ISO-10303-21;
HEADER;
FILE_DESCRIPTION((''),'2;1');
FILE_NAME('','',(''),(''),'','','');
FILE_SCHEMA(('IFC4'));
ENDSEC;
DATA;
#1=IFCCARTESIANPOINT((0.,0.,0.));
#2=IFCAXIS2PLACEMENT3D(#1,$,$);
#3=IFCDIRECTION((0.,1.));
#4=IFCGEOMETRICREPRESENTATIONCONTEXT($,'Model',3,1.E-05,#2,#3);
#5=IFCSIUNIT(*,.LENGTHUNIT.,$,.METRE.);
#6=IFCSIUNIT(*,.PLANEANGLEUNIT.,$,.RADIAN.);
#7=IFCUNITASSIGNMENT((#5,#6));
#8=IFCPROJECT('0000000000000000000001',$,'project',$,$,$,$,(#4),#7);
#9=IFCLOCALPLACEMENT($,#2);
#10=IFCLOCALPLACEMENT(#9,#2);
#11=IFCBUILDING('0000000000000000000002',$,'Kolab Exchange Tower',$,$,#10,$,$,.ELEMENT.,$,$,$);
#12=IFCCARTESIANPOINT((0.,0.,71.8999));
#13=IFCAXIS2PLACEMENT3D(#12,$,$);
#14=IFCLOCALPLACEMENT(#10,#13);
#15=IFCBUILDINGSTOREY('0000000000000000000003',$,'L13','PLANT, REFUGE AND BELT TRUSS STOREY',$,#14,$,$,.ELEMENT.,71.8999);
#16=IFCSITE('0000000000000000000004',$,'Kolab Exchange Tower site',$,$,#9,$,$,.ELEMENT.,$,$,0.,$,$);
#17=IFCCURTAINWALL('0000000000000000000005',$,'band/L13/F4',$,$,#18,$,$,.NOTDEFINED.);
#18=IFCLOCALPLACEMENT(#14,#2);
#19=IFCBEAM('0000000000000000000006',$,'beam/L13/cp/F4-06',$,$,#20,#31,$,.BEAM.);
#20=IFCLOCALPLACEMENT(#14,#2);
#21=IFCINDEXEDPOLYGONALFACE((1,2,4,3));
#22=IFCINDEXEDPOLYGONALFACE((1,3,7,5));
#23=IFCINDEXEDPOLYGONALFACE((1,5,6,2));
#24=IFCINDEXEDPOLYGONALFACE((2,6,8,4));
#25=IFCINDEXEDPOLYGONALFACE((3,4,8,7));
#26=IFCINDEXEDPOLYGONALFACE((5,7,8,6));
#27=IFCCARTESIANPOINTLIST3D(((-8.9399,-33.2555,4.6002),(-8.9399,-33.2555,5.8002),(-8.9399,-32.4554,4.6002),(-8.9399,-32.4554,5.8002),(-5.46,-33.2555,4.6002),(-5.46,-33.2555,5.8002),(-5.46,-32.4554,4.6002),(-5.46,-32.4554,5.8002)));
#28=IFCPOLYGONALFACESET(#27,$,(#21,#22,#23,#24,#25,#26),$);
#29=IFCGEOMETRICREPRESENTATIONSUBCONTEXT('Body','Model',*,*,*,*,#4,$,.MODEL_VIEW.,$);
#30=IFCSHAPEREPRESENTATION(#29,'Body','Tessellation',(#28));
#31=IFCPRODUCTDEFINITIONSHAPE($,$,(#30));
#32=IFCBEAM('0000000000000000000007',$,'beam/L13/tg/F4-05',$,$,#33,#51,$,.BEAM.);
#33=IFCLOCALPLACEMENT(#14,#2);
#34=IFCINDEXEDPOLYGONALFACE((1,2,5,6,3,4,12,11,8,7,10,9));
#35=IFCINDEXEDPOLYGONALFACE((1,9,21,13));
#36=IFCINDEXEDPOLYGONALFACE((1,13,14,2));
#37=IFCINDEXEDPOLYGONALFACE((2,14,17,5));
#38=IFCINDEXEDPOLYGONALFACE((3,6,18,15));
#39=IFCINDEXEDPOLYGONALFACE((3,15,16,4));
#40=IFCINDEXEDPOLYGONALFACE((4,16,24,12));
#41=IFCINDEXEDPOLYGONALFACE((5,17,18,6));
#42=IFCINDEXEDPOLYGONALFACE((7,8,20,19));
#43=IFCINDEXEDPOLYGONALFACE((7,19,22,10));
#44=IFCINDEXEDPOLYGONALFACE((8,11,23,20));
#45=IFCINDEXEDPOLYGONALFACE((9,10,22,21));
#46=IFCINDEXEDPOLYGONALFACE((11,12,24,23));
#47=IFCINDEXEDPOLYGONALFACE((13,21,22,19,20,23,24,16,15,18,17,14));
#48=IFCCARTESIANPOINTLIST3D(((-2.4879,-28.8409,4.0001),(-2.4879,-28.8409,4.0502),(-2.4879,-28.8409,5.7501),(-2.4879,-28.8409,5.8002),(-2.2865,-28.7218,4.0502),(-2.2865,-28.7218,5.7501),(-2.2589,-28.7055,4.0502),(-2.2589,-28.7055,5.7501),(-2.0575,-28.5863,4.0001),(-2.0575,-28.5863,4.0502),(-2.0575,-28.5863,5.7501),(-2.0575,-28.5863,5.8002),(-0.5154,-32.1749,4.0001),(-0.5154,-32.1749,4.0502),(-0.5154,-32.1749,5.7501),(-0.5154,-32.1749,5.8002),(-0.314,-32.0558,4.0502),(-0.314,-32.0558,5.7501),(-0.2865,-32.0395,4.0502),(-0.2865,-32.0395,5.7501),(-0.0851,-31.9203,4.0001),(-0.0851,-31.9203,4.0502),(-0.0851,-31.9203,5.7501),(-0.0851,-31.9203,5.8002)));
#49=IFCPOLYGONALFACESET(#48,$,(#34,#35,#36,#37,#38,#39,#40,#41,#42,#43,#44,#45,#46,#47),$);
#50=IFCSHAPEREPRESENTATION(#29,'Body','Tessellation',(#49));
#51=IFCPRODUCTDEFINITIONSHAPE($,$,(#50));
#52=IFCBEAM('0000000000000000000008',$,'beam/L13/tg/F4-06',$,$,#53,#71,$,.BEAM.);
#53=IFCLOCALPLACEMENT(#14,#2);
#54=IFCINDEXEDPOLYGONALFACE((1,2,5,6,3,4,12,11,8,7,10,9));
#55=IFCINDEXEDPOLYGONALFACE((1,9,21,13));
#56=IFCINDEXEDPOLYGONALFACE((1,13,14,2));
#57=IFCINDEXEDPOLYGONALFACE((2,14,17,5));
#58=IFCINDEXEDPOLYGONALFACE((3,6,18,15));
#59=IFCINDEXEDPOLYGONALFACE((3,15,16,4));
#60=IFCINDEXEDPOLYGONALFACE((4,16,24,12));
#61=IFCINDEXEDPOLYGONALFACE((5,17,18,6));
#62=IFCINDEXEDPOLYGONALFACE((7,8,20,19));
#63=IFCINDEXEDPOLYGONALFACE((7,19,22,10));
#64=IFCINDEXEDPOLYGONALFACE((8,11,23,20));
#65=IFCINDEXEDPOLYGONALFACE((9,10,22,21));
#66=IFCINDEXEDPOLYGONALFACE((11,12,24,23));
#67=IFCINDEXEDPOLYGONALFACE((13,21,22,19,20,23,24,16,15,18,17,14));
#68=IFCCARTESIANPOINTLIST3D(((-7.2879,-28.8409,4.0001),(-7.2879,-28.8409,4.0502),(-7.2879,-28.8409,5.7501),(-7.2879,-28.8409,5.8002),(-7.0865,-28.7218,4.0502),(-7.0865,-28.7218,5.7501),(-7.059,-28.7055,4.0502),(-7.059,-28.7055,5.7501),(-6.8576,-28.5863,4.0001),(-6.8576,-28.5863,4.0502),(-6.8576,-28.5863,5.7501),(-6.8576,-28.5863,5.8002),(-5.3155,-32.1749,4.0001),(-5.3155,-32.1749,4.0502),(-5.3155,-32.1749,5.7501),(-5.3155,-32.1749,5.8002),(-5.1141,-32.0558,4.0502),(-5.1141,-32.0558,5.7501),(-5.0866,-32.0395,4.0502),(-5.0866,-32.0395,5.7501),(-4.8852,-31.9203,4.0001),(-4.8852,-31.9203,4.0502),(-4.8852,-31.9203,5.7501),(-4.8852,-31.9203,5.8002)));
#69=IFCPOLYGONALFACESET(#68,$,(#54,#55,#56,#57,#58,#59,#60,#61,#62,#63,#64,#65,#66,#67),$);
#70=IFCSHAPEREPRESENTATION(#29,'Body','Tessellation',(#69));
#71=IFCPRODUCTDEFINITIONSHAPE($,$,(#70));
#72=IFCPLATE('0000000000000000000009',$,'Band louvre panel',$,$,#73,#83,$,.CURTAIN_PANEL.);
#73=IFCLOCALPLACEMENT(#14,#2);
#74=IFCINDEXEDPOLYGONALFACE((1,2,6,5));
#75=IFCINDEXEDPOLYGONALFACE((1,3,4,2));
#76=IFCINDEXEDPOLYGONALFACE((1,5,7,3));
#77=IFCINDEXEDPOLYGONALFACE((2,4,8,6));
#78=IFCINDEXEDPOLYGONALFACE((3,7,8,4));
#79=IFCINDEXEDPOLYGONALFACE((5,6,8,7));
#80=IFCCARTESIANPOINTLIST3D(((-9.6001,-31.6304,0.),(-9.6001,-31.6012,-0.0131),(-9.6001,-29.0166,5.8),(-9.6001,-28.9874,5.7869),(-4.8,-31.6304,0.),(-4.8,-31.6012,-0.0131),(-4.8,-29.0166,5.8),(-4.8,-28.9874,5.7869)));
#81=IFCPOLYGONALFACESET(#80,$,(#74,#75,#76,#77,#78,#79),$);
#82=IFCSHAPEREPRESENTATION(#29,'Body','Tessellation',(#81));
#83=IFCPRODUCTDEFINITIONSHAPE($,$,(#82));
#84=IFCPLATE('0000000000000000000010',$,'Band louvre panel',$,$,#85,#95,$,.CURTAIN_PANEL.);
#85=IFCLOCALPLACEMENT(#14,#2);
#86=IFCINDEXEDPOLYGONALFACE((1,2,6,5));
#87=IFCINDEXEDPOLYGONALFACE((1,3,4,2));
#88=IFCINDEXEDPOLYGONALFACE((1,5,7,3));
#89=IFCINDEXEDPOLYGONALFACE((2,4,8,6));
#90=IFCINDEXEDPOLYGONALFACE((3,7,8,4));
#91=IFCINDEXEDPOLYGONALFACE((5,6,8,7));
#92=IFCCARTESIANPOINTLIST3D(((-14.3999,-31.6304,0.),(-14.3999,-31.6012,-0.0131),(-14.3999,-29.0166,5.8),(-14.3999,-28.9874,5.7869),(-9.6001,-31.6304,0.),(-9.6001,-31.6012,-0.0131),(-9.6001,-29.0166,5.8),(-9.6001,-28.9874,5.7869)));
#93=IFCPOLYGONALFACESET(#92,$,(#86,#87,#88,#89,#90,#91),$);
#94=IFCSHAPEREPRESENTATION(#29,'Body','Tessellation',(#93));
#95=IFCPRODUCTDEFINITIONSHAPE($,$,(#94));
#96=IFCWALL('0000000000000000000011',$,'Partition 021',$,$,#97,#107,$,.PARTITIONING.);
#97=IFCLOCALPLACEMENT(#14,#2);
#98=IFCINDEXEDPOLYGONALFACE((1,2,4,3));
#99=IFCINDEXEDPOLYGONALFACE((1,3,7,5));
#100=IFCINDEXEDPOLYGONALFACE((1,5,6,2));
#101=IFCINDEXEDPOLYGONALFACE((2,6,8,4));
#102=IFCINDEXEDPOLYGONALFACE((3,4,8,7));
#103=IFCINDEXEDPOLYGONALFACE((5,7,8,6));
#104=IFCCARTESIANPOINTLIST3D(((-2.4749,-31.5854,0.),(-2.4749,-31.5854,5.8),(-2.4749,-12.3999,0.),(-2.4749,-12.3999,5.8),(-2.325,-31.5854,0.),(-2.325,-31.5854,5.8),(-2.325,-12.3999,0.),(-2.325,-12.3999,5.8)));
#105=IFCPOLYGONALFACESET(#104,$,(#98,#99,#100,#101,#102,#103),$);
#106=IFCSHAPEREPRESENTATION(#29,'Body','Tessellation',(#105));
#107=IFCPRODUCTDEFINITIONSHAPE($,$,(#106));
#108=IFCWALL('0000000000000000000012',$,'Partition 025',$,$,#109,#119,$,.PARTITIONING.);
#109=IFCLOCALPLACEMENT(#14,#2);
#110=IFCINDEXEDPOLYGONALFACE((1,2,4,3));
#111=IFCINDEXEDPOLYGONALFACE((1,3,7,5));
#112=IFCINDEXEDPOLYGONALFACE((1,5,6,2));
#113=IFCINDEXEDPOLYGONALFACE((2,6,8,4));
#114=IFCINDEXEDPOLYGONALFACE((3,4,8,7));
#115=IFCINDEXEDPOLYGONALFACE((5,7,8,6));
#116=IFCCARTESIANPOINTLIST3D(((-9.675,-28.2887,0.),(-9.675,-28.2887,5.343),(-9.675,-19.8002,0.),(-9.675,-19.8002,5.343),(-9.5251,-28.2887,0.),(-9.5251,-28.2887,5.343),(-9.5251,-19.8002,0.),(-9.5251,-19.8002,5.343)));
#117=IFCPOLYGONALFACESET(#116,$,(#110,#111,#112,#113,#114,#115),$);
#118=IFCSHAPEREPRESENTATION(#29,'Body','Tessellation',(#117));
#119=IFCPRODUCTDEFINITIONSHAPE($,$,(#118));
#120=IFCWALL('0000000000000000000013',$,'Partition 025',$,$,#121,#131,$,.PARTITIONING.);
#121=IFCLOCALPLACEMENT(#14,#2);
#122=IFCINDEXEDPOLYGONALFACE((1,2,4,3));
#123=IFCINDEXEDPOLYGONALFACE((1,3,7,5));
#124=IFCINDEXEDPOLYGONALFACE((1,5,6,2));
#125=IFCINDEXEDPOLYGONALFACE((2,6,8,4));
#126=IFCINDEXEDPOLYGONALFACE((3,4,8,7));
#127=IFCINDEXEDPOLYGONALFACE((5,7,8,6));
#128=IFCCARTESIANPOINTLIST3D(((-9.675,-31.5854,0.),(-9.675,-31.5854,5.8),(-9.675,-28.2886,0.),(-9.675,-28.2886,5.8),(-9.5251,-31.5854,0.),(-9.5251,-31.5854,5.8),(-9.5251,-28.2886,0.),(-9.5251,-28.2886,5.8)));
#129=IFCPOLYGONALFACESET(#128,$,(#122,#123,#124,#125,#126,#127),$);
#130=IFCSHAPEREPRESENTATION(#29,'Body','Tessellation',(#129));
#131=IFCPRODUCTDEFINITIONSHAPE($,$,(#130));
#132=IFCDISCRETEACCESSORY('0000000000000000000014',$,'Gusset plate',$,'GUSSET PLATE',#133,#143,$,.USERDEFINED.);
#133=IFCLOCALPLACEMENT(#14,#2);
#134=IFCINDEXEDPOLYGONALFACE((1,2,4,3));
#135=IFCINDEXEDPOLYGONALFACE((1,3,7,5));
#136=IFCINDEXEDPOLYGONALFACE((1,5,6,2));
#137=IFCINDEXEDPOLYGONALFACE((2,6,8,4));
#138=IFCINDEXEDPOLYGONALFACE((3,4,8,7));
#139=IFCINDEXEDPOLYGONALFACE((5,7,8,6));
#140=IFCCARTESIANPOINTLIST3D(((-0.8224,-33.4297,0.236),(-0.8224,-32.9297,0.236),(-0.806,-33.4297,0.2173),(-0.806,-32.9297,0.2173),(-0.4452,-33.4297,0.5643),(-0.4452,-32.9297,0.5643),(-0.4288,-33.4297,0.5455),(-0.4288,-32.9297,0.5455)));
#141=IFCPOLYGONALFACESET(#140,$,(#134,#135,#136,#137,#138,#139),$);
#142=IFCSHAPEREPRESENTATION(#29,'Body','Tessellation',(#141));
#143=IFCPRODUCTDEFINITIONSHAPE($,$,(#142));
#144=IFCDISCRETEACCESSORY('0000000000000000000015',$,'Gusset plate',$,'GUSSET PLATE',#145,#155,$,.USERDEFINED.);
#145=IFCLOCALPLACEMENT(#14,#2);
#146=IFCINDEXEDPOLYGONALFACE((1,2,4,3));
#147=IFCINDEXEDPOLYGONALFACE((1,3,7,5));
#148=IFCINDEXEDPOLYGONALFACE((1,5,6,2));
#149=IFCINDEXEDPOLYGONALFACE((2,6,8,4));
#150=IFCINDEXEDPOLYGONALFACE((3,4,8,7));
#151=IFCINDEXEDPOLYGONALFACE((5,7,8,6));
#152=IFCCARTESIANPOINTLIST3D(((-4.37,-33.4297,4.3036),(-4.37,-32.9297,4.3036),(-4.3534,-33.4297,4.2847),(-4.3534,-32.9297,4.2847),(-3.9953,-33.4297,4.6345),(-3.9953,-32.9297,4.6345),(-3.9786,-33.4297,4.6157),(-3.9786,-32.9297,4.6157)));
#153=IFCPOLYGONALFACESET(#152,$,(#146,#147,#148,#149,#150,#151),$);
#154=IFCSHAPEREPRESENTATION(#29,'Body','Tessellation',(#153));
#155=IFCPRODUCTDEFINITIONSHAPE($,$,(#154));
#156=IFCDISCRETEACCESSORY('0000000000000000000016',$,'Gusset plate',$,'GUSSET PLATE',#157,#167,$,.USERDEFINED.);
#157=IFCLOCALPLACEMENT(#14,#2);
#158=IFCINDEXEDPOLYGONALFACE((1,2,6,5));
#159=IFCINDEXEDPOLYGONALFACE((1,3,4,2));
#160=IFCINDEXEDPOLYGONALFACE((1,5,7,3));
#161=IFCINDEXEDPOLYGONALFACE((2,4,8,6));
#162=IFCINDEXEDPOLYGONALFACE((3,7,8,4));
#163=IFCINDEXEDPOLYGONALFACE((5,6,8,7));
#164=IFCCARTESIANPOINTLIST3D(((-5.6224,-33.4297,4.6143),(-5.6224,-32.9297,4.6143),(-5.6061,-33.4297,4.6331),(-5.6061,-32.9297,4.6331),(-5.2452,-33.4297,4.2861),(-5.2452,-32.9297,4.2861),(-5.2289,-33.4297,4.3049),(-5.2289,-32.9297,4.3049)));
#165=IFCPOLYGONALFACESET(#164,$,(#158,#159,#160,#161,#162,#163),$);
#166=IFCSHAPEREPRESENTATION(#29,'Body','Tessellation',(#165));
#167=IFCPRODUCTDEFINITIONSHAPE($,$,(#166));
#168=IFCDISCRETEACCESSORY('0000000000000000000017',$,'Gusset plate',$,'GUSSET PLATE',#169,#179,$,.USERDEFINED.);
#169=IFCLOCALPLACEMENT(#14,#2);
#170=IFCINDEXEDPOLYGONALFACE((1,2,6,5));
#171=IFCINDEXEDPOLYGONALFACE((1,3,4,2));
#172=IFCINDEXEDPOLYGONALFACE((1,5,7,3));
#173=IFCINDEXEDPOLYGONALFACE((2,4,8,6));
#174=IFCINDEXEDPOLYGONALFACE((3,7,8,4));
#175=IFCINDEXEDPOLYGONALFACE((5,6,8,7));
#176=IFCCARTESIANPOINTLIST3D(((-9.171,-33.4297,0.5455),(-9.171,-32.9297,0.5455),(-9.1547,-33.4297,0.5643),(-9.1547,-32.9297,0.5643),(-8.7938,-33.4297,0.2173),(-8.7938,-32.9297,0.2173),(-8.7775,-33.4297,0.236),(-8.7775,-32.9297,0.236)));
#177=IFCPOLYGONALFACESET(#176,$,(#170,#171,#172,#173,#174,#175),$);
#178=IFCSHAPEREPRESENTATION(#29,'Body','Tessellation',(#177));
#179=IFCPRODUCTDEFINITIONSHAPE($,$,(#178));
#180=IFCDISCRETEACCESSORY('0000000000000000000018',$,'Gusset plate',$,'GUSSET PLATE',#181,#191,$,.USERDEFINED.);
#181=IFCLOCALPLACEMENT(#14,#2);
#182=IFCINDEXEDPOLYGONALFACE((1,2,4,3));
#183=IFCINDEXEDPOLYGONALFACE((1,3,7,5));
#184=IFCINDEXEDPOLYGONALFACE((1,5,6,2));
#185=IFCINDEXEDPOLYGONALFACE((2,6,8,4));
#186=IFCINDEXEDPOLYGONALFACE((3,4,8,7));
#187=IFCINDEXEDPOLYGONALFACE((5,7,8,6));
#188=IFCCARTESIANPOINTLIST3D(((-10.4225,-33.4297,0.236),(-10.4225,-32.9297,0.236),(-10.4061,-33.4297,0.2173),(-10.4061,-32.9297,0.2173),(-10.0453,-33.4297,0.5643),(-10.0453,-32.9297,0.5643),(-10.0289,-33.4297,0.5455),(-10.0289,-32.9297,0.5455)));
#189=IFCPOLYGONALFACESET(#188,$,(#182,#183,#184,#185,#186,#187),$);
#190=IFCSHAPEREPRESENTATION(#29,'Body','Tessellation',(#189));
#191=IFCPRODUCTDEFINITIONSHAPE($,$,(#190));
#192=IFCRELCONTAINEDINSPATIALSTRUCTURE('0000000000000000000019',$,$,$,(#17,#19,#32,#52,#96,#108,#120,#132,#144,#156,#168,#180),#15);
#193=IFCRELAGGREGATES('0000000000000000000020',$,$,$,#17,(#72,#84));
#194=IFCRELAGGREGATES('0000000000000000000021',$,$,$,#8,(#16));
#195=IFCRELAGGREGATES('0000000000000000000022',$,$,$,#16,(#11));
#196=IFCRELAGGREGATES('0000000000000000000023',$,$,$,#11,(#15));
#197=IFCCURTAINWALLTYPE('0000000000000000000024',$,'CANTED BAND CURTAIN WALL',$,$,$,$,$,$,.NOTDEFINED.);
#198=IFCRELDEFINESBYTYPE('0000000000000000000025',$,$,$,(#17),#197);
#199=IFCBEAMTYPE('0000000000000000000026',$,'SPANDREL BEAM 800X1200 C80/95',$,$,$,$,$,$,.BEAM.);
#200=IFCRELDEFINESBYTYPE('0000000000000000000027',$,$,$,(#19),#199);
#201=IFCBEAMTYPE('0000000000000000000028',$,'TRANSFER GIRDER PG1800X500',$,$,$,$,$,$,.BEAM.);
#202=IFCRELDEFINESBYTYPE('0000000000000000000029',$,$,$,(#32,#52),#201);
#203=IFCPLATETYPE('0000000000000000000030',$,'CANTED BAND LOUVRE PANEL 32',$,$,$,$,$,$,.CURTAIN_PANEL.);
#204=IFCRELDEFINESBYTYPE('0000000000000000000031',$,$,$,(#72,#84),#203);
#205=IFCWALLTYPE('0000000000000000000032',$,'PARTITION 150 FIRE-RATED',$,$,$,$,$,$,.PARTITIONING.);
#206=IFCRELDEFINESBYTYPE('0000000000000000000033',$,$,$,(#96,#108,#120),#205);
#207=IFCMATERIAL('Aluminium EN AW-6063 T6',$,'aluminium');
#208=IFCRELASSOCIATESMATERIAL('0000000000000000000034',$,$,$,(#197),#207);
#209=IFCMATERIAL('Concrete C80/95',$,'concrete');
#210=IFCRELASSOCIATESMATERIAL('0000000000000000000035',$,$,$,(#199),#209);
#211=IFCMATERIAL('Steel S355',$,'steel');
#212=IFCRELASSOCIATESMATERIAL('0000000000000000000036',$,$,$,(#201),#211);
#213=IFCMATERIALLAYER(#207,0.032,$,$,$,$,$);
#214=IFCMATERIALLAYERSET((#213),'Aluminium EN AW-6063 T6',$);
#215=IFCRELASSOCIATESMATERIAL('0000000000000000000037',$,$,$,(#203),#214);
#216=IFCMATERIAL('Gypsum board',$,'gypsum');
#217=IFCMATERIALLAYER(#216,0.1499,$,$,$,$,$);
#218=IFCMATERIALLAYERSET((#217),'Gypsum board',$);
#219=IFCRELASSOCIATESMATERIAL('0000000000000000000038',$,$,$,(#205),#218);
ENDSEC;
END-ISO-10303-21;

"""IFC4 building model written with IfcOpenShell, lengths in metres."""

from ifc_helpers import new_model, si_unit, direction, frame, frame_2d, origin, origin_2d, place, context, subcontext, project, spatial, polyline, rectangle, i_section, outline, extrude, material, layer, layer_set, material_profile, profile_set, type_object, element, aggregate, save


model = new_model("IFC4")

# Units and contexts
model_context = context("Model", 3, precision=1e-05, world=origin(), true_north=direction((0.0, 1.0)))
body_context = subcontext(model_context, "Body", "Model", "MODEL_VIEW")
ifc_project = project(units=[si_unit("LENGTHUNIT", "METRE"), si_unit("PLANEANGLEUNIT", "RADIAN")], contexts=[model_context])

# Site, building, storey
site_placement = place(None, origin())
site = spatial("IfcSite", under=ifc_project, at=site_placement, Name="Kolab Exchange Tower site", CompositionType="ELEMENT", RefElevation=0.0)
building_placement = place(site_placement, origin())
building = spatial("IfcBuilding", under=site, at=building_placement, Name="Kolab Exchange Tower", CompositionType="ELEMENT")
storey_placement = place(building_placement, frame((0.0, 0.0, 71.8999)))
storey = spatial("IfcBuildingStorey", under=building, at=storey_placement, Name="L13", Description="PLANT, REFUGE AND BELT TRUSS STOREY", CompositionType="ELEMENT", Elevation=71.8999)

# Shared definitions
ifc_material_1 = material(Name="Concrete C80/95", Category="concrete")

# Shared definitions
ifc_material_2 = material(Name="Steel S355", Category="steel")

# Curtain wall
ifc_material_3 = material(Name="Aluminium EN AW-6063 T6", Category="aluminium")
curtain_wall_type = type_object("IfcCurtainWallType", Name="CANTED BAND CURTAIN WALL", PredefinedType="NOTDEFINED", material=ifc_material_3)
curtain_wall_placement = place(storey_placement, origin())
curtain_wall = element("IfcCurtainWall", 1, at=curtain_wall_placement, inside=storey, type_object=curtain_wall_type, Name="band/L13/F4", PredefinedType="NOTDEFINED")

# Beams
ifc_material_profile_1 = material_profile(ifc_material_1, rectangle(XDim=0.8, YDim=1.2, at=origin_2d()), Name="RC800X1200")
ifc_profile_set_1 = profile_set([ifc_material_profile_1], Name="Concrete C80/95")
beam_type_1 = type_object("IfcBeamType", Name="SPANDREL BEAM 800X1200 C80/95", PredefinedType="BEAM", material=ifc_profile_set_1)
for number, where, z_axis, x_axis, name in (
    (2, (-5.46, -32.8555, 5.2002), (-1.0, 0.0, 0.0), (0.0, -1.0, 0.0), "beam/L13/cp/F4-06"),
):
    element("IfcBeam", number, at=place(storey_placement, frame(where, z_axis=z_axis, x_axis=x_axis)), inside=storey, type_object=beam_type_1, Name=name, PredefinedType="BEAM", context=body_context, shape_type="SweptSolid", body=[
        extrude(rectangle(XDim=0.8, YDim=1.2, at=origin_2d()), origin(), (0.0, 0.0, 1.0), 3.48),
    ])
ifc_material_profile_2 = material_profile(ifc_material_2, i_section(OverallWidth=0.5, OverallDepth=1.8, WebThickness=0.032, FlangeThickness=0.05, at=origin_2d()), Name="PG1800X500")
ifc_profile_set_2 = profile_set([ifc_material_profile_2], Name="Steel S355")
beam_type_2 = type_object("IfcBeamType", Name="TRANSFER GIRDER PG1800X500", PredefinedType="BEAM", material=ifc_profile_set_2)
for number, where, z_axis, x_axis, name in (
    (3, (-2.2727, -28.7136, 4.9001), (0.509175, -0.860663, 0.0), (0.860663, 0.509175, 0.0), "beam/L13/tg/F4-05"),
    (4, (-7.0728, -28.7136, 4.9001), (0.509175, -0.860663, 0.0), (0.860663, 0.509175, 0.0), "beam/L13/tg/F4-06"),
):
    element("IfcBeam", number, at=place(storey_placement, frame(where, z_axis=z_axis, x_axis=x_axis)), inside=storey, type_object=beam_type_2, Name=name, PredefinedType="BEAM", context=body_context, shape_type="SweptSolid", body=[
        extrude(i_section(OverallWidth=0.5, OverallDepth=1.8, WebThickness=0.032, FlangeThickness=0.05, at=origin_2d()), origin(), (0.0, 0.0, 1.0), 3.8738),
    ])

# Plates
ifc_layer_1 = layer(ifc_material_3, 0.032)
ifc_layer_set_1 = layer_set([ifc_layer_1], Name="Aluminium EN AW-6063 T6")
plate_type = type_object("IfcPlateType", Name="CANTED BAND LOUVRE PANEL 32", PredefinedType="CURTAIN_PANEL", material=ifc_layer_set_1)
plate_1_placement = place(storey_placement, frame((-4.8, -31.6304, 0.0), z_axis=(0.0, -0.911701, 0.410854), x_axis=(-1.0, 0.0, 0.0)))
plate_1 = element("IfcPlate", 5, at=plate_1_placement, type_object=plate_type, Name="Band louvre panel", PredefinedType="CURTAIN_PANEL", context=body_context, shape_type="SweptSolid", body=[
    extrude(outline(polyline([(0.0, 0.0), (4.8, 0.0), (4.8, -6.3618), (0.0, -6.3618), (0.0, 0.0)])), origin(), (0.0, 0.0, -1.0), 0.032),
])
plate_2_placement = place(storey_placement, frame((-9.6001, -31.6304, 0.0), z_axis=(0.0, -0.911701, 0.410854), x_axis=(-1.0, 0.0, 0.0)))
plate_2 = element("IfcPlate", 6, at=plate_2_placement, type_object=plate_type, Name="Band louvre panel", PredefinedType="CURTAIN_PANEL", context=body_context, shape_type="SweptSolid", body=[
    extrude(outline(polyline([(0.0, 0.0), (4.7998, 0.0), (4.7998, -6.3618), (0.0, -6.3618), (0.0, 0.0)])), origin(), (0.0, 0.0, -1.0), 0.032),
])
aggregate(curtain_wall, [plate_1, plate_2])

# Walls
ifc_material_4 = material(Name="Gypsum board", Category="gypsum")
ifc_layer_2 = layer(ifc_material_4, 0.1499)
ifc_layer_set_2 = layer_set([ifc_layer_2], Name="Gypsum board")
wall_type = type_object("IfcWallType", Name="PARTITION 150 FIRE-RATED", PredefinedType="PARTITIONING", material=ifc_layer_set_2)
wall_1_placement = place(storey_placement, frame((-2.3999, -31.5854, 0.0), z_axis=(0.0, 0.0, 1.0), x_axis=(0.0, 1.0, 0.0)))
element("IfcWall", 7, at=wall_1_placement, inside=storey, type_object=wall_type, Name="Partition 021", PredefinedType="PARTITIONING", context=body_context, shape_type="SweptSolid", body=[
    extrude(rectangle(XDim=19.1855, YDim=0.1499, at=frame_2d((9.5928, 0.0))), origin(), (0.0, 0.0, 1.0), 5.8),
])
wall_2_placement = place(storey_placement, frame((-9.6001, -28.2886, 0.0), z_axis=(0.0, 0.0, 1.0), x_axis=(0.0, 1.0, 0.0)))
element("IfcWall", 8, at=wall_2_placement, inside=storey, type_object=wall_type, Name="Partition 025", PredefinedType="PARTITIONING", context=body_context, shape_type="SweptSolid", body=[
    extrude(rectangle(XDim=8.4885, YDim=0.1499, at=frame_2d((4.2441, 0.0))), origin(), (0.0, 0.0, 1.0), 5.343),
])
wall_3_placement = place(storey_placement, frame((-9.6001, -31.5854, 0.0), z_axis=(0.0, 0.0, 1.0), x_axis=(0.0, 1.0, 0.0)))
element("IfcWall", 9, at=wall_3_placement, inside=storey, type_object=wall_type, Name="Partition 025", PredefinedType="PARTITIONING", context=body_context, shape_type="SweptSolid", body=[
    extrude(rectangle(XDim=3.2969, YDim=0.1499, at=frame_2d((1.6484, 0.0))), origin(), (0.0, 0.0, 1.0), 5.8),
])

# Discrete accessories
discrete_accessory_1_placement = place(storey_placement, frame((-0.6338, -33.1797, 0.4001), z_axis=(0.656421, 0.0, -0.754395), x_axis=(0.0, 1.0, 0.0)))
element("IfcDiscreteAccessory", 10, at=discrete_accessory_1_placement, inside=storey, Name="Gusset plate", ObjectType="GUSSET PLATE", PredefinedType="USERDEFINED", context=body_context, shape_type="SweptSolid", body=[
    extrude(rectangle(XDim=0.5, YDim=0.5, at=origin_2d()), origin(), (0.0, 0.0, 1.0), 0.0249),
])
discrete_accessory_2_placement = place(storey_placement, frame((-4.166, -33.1797, 4.4502), z_axis=(-0.661944, 0.0, 0.749554), x_axis=(0.0, -1.0, 0.0)))
element("IfcDiscreteAccessory", 11, at=discrete_accessory_2_placement, inside=storey, Name="Gusset plate", ObjectType="GUSSET PLATE", PredefinedType="USERDEFINED", context=body_context, shape_type="SweptSolid", body=[
    extrude(rectangle(XDim=0.5, YDim=0.5, at=origin_2d()), origin(), (0.0, 0.0, 1.0), 0.0251),
])
for number, where, z_axis, x_axis, name in (
    (12, (-5.4338, -33.1797, 4.4502), (0.656421, 0.0, 0.754395), (0.0, 1.0, 0.0), "Gusset plate"),
    (13, (-8.9661, -33.1797, 0.4001), (-0.656421, 0.0, -0.754395), (0.0, -1.0, 0.0), "Gusset plate"),
    (14, (-10.2339, -33.1797, 0.4001), (0.656421, 0.0, -0.754395), (0.0, 1.0, 0.0), "Gusset plate"),
):
    element("IfcDiscreteAccessory", number, at=place(storey_placement, frame(where, z_axis=z_axis, x_axis=x_axis)), inside=storey, Name=name, ObjectType="GUSSET PLATE", PredefinedType="USERDEFINED", context=body_context, shape_type="SweptSolid", body=[
        extrude(rectangle(XDim=0.5, YDim=0.5, at=origin_2d()), origin(), (0.0, 0.0, 1.0), 0.0249),
    ])

save(model, "model.ifc")
